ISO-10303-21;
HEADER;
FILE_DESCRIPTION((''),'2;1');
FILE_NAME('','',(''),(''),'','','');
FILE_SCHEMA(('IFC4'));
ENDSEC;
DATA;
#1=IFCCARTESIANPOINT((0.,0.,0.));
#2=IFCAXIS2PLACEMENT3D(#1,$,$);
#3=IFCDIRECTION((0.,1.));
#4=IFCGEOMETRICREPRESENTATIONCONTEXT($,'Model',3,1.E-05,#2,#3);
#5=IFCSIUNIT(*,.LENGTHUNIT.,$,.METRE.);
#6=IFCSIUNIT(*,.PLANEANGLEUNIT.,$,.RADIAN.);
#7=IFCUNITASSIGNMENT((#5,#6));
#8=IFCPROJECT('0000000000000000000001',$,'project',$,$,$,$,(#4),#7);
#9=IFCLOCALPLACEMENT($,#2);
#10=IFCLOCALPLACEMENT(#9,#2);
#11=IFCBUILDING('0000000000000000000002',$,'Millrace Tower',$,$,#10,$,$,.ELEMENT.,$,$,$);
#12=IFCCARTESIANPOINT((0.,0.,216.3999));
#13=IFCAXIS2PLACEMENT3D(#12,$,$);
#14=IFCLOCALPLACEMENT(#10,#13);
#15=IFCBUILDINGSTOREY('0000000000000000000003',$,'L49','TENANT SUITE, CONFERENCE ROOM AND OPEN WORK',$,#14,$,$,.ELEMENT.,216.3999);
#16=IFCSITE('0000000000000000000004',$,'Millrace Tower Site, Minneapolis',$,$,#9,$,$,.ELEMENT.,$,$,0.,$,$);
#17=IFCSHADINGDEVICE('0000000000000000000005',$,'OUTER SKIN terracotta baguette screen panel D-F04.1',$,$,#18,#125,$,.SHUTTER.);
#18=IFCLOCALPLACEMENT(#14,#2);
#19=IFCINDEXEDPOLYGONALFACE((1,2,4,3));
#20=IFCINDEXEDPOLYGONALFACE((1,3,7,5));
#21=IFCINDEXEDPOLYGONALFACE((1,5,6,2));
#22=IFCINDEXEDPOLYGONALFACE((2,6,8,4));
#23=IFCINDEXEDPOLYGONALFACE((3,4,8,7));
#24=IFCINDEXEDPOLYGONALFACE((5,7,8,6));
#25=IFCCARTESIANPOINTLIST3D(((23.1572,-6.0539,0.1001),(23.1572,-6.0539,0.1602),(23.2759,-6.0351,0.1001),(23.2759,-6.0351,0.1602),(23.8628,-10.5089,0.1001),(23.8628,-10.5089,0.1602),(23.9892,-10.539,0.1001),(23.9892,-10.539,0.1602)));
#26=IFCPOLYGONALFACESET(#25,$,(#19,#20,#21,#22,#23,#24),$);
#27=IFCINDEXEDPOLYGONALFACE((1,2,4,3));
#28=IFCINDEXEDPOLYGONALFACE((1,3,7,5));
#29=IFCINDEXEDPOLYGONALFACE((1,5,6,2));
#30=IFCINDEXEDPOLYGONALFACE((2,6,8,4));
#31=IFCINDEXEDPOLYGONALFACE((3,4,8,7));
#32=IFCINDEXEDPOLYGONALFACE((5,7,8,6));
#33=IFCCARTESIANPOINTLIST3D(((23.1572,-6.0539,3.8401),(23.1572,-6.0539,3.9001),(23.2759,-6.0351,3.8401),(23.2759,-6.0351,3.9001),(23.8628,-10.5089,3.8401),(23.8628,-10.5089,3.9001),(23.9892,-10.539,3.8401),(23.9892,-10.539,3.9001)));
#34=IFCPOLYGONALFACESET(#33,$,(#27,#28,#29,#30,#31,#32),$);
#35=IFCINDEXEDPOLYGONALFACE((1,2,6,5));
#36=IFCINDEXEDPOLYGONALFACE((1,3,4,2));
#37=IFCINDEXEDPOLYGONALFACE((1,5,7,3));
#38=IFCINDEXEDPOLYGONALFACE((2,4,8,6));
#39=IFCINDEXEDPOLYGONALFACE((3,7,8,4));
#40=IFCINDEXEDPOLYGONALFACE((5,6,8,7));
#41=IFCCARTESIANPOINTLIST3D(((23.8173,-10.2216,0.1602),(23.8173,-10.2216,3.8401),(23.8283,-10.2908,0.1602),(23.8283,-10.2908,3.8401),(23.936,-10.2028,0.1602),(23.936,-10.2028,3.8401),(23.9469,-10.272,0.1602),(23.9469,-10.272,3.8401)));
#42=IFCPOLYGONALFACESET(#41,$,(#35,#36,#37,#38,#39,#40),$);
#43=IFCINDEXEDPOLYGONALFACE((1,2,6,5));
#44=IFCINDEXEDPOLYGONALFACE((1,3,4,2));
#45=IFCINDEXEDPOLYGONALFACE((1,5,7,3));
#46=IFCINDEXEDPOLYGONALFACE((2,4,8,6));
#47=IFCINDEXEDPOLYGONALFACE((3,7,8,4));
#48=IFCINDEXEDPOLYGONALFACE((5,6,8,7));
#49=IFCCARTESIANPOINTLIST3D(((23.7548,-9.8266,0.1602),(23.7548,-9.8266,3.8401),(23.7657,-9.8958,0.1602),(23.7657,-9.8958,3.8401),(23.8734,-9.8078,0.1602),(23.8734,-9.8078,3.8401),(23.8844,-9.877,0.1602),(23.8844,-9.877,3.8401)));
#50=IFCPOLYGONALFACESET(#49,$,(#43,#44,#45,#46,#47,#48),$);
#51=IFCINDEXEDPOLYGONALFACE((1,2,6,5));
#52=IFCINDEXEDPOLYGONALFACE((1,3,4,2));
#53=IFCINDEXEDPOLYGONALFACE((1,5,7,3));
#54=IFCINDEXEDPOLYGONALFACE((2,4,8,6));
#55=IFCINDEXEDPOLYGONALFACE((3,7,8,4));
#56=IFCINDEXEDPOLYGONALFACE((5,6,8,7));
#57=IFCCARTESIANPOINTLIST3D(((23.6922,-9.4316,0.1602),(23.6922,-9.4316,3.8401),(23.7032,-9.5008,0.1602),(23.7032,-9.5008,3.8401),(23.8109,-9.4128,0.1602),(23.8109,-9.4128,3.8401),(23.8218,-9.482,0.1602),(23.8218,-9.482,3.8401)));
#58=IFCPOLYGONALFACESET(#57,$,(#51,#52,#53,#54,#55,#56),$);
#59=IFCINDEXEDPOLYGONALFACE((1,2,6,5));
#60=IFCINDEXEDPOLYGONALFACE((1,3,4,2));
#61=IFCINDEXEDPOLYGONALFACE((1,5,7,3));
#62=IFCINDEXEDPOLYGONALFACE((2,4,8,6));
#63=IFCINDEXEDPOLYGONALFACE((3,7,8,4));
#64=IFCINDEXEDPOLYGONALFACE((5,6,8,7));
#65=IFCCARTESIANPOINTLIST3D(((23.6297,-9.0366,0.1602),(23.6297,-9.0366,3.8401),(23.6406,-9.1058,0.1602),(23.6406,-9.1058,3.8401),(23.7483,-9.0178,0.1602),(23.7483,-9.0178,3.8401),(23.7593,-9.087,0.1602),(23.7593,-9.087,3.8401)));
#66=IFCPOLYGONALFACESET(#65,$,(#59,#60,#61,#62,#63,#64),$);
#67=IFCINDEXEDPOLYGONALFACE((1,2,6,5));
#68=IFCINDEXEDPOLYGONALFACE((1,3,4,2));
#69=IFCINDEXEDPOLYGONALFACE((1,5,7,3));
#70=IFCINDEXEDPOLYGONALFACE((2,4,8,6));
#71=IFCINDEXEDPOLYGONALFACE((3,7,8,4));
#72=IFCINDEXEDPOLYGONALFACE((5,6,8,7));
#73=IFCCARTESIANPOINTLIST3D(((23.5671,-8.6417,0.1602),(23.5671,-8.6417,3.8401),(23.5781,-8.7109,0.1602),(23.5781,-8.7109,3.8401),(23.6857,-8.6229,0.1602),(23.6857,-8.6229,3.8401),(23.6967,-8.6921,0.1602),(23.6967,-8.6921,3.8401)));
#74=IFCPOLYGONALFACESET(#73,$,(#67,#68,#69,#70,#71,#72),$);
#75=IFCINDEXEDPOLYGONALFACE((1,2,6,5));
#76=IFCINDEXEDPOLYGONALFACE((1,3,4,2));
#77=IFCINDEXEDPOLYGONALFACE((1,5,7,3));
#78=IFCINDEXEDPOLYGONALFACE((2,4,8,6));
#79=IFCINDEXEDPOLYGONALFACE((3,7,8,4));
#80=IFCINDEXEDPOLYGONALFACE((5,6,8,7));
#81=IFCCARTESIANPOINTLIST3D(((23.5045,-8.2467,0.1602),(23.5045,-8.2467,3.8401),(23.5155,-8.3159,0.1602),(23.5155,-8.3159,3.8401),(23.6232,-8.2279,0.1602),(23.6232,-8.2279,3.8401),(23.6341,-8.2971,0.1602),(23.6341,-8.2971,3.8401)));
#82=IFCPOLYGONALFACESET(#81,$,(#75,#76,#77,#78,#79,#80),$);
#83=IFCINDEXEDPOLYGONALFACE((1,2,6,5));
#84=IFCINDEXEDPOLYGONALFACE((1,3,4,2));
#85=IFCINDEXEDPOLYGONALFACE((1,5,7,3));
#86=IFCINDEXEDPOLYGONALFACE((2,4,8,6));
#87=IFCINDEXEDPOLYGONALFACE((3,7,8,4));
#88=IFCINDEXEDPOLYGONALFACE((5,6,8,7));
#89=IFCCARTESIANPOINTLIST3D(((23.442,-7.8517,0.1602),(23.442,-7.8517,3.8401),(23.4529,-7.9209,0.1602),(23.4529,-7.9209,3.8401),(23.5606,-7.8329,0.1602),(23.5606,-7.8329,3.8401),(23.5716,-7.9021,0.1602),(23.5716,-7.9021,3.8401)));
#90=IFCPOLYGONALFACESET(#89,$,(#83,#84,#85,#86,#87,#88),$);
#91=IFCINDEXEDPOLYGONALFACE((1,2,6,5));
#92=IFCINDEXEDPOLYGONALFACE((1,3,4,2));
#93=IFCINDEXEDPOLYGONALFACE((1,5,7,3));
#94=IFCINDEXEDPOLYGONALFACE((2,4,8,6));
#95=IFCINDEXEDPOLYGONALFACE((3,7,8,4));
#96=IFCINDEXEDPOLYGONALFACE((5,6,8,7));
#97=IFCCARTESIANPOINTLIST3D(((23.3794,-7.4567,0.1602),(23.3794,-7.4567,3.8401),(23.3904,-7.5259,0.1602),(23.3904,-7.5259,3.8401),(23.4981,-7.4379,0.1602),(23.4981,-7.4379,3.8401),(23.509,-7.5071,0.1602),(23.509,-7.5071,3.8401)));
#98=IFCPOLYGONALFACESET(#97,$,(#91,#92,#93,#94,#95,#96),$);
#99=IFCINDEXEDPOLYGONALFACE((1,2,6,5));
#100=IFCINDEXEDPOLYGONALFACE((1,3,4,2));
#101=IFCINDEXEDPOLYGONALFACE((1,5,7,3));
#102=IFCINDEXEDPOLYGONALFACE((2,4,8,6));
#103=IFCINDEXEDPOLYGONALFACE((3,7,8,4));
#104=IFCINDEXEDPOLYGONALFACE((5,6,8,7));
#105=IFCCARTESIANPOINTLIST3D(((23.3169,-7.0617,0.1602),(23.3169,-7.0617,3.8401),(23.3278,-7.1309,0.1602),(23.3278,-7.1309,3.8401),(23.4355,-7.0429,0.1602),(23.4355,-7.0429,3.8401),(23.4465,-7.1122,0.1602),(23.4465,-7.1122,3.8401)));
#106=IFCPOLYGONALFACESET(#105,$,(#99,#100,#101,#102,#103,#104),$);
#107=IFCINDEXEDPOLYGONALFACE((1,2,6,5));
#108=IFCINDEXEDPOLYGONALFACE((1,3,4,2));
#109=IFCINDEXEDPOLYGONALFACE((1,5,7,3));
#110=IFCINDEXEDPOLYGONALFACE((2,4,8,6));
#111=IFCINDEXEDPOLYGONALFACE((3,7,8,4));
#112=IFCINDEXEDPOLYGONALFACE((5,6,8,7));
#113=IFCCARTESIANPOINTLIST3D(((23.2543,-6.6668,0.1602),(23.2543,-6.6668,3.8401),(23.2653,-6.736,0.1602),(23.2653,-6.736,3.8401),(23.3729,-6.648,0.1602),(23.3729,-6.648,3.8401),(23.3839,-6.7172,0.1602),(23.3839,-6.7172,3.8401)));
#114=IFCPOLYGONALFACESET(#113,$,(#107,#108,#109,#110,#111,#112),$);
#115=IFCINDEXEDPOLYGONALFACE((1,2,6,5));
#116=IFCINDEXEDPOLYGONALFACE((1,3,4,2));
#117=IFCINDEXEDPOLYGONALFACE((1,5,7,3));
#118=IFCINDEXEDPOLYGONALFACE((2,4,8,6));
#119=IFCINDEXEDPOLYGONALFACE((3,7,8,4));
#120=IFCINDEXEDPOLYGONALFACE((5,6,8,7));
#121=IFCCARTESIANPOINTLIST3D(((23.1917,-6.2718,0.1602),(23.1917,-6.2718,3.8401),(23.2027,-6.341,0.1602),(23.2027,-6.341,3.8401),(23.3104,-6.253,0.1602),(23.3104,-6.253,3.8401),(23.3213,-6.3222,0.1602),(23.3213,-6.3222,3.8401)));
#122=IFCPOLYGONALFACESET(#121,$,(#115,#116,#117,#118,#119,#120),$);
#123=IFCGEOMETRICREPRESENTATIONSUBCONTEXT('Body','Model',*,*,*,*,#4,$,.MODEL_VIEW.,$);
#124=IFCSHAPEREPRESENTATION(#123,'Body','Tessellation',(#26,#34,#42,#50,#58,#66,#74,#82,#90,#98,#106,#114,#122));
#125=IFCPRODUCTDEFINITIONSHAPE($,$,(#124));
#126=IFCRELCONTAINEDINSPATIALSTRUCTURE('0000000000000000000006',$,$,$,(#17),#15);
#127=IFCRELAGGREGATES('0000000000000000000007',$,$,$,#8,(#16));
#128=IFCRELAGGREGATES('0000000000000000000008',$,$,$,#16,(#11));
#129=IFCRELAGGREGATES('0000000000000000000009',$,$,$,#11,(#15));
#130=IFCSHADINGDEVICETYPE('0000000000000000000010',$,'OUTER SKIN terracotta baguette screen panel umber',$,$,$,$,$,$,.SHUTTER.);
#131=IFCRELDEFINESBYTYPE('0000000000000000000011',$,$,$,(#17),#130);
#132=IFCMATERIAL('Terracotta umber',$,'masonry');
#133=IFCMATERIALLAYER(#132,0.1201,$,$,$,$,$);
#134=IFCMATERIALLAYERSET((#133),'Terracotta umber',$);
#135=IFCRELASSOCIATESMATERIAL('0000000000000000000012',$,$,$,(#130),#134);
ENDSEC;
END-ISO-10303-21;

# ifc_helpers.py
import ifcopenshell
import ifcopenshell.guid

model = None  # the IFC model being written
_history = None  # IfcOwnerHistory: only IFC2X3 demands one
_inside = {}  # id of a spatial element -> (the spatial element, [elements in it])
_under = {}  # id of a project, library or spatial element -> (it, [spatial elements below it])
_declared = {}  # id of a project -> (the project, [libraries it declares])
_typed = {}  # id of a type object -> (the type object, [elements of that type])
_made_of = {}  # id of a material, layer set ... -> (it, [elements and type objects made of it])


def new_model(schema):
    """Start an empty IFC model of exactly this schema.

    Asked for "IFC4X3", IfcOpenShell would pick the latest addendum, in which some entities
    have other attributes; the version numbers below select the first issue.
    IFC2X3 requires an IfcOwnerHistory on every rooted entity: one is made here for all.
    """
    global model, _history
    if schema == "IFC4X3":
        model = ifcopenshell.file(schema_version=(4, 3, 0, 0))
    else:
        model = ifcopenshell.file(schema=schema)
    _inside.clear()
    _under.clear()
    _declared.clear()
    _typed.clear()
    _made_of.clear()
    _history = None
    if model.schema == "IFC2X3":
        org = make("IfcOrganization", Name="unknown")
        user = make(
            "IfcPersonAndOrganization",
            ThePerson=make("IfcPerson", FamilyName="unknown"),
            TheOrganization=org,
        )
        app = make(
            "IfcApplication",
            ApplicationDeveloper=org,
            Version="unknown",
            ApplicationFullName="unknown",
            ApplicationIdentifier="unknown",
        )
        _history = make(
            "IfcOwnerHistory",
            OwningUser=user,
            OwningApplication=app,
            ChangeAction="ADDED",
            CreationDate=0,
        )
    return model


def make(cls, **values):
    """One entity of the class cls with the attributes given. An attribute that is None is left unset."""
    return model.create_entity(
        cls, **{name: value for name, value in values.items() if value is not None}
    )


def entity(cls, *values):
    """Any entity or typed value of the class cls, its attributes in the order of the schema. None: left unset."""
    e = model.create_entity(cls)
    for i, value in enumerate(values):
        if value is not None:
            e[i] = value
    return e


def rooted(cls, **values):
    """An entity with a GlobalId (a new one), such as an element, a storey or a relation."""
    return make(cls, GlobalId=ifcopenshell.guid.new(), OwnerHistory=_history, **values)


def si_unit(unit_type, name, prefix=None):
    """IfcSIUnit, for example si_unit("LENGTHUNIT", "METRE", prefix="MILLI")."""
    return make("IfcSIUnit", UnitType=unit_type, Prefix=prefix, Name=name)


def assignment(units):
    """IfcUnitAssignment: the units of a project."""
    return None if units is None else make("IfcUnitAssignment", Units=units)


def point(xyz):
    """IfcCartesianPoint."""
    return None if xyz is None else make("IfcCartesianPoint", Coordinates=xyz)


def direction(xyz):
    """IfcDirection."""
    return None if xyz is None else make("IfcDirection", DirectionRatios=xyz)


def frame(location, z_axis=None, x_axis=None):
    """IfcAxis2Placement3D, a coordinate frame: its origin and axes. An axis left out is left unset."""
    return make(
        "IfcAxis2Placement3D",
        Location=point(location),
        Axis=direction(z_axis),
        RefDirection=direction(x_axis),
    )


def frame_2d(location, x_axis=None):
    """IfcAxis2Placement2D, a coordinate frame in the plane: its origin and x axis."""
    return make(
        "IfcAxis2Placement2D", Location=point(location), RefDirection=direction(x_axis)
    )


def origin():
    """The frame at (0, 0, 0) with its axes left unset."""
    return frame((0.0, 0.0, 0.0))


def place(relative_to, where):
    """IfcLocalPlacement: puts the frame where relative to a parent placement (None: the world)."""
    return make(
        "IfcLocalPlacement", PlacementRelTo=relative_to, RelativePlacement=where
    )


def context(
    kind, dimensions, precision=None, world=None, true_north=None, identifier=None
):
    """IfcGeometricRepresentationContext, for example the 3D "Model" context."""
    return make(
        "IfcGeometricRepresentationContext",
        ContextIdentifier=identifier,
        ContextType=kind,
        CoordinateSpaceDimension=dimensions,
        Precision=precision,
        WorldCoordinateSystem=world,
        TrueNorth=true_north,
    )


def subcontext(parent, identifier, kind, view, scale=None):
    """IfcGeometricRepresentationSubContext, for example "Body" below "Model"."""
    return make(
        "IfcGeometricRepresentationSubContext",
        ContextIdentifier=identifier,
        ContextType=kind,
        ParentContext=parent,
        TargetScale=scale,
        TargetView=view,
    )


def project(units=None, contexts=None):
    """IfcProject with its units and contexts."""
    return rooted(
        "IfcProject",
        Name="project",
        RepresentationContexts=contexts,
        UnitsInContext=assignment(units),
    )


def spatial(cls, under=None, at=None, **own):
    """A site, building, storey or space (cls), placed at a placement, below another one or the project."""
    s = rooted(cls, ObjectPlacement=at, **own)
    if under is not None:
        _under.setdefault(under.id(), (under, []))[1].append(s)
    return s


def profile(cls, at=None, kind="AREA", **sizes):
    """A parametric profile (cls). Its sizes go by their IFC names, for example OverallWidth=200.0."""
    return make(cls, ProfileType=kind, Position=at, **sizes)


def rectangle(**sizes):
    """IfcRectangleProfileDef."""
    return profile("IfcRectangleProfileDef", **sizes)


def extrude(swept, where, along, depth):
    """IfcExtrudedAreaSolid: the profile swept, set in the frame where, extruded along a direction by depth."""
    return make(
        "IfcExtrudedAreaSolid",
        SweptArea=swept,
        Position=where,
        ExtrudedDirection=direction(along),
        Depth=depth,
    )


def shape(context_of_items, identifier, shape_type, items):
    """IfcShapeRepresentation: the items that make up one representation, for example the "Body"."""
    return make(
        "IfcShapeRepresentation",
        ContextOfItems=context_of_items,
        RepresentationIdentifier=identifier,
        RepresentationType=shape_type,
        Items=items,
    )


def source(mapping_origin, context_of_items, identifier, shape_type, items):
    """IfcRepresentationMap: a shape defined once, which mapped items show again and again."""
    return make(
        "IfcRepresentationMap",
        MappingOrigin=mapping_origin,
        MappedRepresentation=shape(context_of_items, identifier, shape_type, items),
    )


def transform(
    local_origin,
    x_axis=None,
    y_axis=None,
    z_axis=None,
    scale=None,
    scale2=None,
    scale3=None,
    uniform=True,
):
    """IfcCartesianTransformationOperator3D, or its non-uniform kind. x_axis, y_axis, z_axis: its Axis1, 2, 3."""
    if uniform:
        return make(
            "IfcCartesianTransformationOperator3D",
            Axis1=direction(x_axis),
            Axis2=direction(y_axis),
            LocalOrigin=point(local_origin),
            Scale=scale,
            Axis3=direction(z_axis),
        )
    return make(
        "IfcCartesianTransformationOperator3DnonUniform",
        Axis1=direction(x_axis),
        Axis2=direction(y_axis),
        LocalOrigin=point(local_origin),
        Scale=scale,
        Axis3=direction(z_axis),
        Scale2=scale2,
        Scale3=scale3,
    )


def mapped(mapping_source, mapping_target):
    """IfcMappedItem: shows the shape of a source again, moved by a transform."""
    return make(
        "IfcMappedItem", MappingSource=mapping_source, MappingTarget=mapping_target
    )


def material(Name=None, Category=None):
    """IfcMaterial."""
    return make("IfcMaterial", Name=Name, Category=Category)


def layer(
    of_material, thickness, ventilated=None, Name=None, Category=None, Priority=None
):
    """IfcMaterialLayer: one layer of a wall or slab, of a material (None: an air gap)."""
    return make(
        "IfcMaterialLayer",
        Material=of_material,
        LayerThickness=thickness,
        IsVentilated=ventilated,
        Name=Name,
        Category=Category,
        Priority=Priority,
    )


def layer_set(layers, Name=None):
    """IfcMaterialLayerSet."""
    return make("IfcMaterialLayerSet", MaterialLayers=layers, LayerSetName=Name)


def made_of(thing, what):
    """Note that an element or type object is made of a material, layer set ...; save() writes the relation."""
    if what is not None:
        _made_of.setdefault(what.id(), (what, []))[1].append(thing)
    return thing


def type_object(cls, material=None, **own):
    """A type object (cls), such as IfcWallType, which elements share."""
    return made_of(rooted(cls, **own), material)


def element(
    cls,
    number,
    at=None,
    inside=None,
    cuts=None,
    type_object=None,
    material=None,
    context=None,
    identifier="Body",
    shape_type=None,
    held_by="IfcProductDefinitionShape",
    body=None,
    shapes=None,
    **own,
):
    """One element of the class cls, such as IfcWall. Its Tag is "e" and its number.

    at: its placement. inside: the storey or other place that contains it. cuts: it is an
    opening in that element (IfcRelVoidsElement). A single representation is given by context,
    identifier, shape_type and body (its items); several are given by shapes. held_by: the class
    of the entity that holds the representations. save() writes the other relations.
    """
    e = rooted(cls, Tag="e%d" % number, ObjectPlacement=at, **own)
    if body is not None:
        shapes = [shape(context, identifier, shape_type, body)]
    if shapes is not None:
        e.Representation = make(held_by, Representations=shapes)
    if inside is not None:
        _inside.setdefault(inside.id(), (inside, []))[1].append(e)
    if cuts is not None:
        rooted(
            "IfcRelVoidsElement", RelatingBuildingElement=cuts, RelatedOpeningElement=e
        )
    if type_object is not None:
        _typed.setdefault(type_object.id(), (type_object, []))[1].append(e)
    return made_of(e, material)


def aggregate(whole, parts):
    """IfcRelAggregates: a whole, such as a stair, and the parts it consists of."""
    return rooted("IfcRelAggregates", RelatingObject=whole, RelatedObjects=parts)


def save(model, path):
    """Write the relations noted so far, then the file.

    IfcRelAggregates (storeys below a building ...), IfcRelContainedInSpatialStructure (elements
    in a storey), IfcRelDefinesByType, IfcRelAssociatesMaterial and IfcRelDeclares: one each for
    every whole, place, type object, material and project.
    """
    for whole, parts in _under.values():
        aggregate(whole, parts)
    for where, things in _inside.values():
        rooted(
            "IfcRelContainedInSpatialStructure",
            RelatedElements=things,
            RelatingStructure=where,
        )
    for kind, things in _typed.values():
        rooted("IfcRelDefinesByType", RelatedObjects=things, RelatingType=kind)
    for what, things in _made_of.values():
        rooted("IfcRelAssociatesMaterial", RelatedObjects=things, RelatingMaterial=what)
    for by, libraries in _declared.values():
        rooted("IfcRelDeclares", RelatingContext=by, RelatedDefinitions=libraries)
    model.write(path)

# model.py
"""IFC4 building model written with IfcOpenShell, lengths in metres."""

from ifc_helpers import new_model, entity, si_unit, direction, frame, frame_2d, origin, place, context, subcontext, project, spatial, rectangle, extrude, source, transform, mapped, material, layer, layer_set, type_object, element, save


model = new_model("IFC4")

# Units and contexts
model_context = context("Model", 3, precision=1e-05, world=origin(), true_north=direction((0.0, 1.0)))
body_context = subcontext(model_context, "Body", "Model", "MODEL_VIEW")
ifc_project = project(units=[si_unit("LENGTHUNIT", "METRE"), si_unit("PLANEANGLEUNIT", "RADIAN")], contexts=[model_context])

# Site, building, storey
site_placement = place(None, origin())
site = spatial("IfcSite", under=ifc_project, at=site_placement, Name="Millrace Tower Site, Minneapolis", CompositionType="ELEMENT", RefElevation=0.0)
building_placement = place(site_placement, origin())
building = spatial("IfcBuilding", under=site, at=building_placement, Name="Millrace Tower", CompositionType="ELEMENT")
storey_placement = place(building_placement, frame((0.0, 0.0, 216.3999)))
storey = spatial("IfcBuildingStorey", under=building, at=storey_placement, Name="L49", Description="TENANT SUITE, CONFERENCE ROOM AND OPEN WORK", CompositionType="ELEMENT", Elevation=216.3999)

# Shading device
ifc_material_1 = material(Name="Terracotta umber", Category="masonry")
ifc_layer_1 = layer(ifc_material_1, 0.1201)
ifc_layer_set_1 = layer_set([ifc_layer_1], Name="Terracotta umber")
shading_device_type = type_object("IfcShadingDeviceType", Name="OUTER SKIN terracotta baguette screen panel umber", PredefinedType="SHUTTER", material=ifc_layer_set_1)
cartesian_point_1 = entity("IfcCartesianPoint", [-2.2429, 0.0601])
shared_polyline_1 = entity("IfcPolyline", [cartesian_point_1, entity("IfcCartesianPoint", [2.2676, 0.0601]), entity("IfcCartesianPoint", [2.2676, -0.0601]), entity("IfcCartesianPoint", [-2.2925, -0.0601]), cartesian_point_1])
shared_shape_1 = source(origin(), body_context, "Body", "SweptSolid", [
    entity("IfcExtrudedAreaSolid", entity("IfcArbitraryClosedProfileDef", "AREA", None, shared_polyline_1), entity("IfcAxis2Placement3D", entity("IfcCartesianPoint", [0.0, 0.0, 0.0])), entity("IfcDirection", [0.0, 0.0, 1.0]), 0.0601),
    entity("IfcExtrudedAreaSolid", entity("IfcArbitraryClosedProfileDef", "AREA", None, shared_polyline_1), entity("IfcAxis2Placement3D", entity("IfcCartesianPoint", [0.0, 0.0, 3.74])), entity("IfcDirection", [0.0, 0.0, 1.0]), 0.0601),
    extrude(rectangle(XDim=0.0701, YDim=0.1201, at=frame_2d((-1.9871, 0.0))), frame((0.0, 0.0, 0.0601)), (0.0, 0.0, 1.0), 3.6799),
    extrude(rectangle(XDim=0.0701, YDim=0.1201, at=frame_2d((-1.5872, 0.0))), frame((0.0, 0.0, 0.0601)), (0.0, 0.0, 1.0), 3.6799),
    extrude(rectangle(XDim=0.0701, YDim=0.1201, at=frame_2d((-1.1873, 0.0))), frame((0.0, 0.0, 0.0601)), (0.0, 0.0, 1.0), 3.6799),
    extrude(rectangle(XDim=0.0701, YDim=0.1201, at=frame_2d((-0.7874, 0.0))), frame((0.0, 0.0, 0.0601)), (0.0, 0.0, 1.0), 3.6799),
    extrude(rectangle(XDim=0.0701, YDim=0.1201, at=frame_2d((-0.3875, 0.0))), frame((0.0, 0.0, 0.0601)), (0.0, 0.0, 1.0), 3.6799),
    extrude(rectangle(XDim=0.0701, YDim=0.1201, at=frame_2d((0.0125, 0.0))), frame((0.0, 0.0, 0.0601)), (0.0, 0.0, 1.0), 3.6799),
    extrude(rectangle(XDim=0.0701, YDim=0.1201, at=frame_2d((0.4124, 0.0))), frame((0.0, 0.0, 0.0601)), (0.0, 0.0, 1.0), 3.6799),
    extrude(rectangle(XDim=0.0701, YDim=0.1201, at=frame_2d((0.8123, 0.0))), frame((0.0, 0.0, 0.0601)), (0.0, 0.0, 1.0), 3.6799),
    extrude(rectangle(XDim=0.0701, YDim=0.1201, at=frame_2d((1.2122, 0.0))), frame((0.0, 0.0, 0.0601)), (0.0, 0.0, 1.0), 3.6799),
    extrude(rectangle(XDim=0.0701, YDim=0.1201, at=frame_2d((1.6121, 0.0))), frame((0.0, 0.0, 0.0601)), (0.0, 0.0, 1.0), 3.6799),
    extrude(rectangle(XDim=0.0701, YDim=0.1201, at=frame_2d((2.012, 0.0))), frame((0.0, 0.0, 0.0601)), (0.0, 0.0, 1.0), 3.6799),
])
shading_device_1_placement = place(storey_placement, frame((23.5713, -8.2842, 0.1001), z_axis=(0.0, 0.0, 1.0), x_axis=(-0.156434, 0.987688, 0.0)))
element("IfcShadingDevice", 1, at=shading_device_1_placement, inside=storey, type_object=shading_device_type, Name="OUTER SKIN terracotta baguette screen panel D-F04.1", PredefinedType="SHUTTER", context=body_context, shape_type="MappedRepresentation", body=[
    mapped(shared_shape_1, transform((0.0, 0.0, 0.0), scale=1.0)),
])

save(model, "model.ifc")
